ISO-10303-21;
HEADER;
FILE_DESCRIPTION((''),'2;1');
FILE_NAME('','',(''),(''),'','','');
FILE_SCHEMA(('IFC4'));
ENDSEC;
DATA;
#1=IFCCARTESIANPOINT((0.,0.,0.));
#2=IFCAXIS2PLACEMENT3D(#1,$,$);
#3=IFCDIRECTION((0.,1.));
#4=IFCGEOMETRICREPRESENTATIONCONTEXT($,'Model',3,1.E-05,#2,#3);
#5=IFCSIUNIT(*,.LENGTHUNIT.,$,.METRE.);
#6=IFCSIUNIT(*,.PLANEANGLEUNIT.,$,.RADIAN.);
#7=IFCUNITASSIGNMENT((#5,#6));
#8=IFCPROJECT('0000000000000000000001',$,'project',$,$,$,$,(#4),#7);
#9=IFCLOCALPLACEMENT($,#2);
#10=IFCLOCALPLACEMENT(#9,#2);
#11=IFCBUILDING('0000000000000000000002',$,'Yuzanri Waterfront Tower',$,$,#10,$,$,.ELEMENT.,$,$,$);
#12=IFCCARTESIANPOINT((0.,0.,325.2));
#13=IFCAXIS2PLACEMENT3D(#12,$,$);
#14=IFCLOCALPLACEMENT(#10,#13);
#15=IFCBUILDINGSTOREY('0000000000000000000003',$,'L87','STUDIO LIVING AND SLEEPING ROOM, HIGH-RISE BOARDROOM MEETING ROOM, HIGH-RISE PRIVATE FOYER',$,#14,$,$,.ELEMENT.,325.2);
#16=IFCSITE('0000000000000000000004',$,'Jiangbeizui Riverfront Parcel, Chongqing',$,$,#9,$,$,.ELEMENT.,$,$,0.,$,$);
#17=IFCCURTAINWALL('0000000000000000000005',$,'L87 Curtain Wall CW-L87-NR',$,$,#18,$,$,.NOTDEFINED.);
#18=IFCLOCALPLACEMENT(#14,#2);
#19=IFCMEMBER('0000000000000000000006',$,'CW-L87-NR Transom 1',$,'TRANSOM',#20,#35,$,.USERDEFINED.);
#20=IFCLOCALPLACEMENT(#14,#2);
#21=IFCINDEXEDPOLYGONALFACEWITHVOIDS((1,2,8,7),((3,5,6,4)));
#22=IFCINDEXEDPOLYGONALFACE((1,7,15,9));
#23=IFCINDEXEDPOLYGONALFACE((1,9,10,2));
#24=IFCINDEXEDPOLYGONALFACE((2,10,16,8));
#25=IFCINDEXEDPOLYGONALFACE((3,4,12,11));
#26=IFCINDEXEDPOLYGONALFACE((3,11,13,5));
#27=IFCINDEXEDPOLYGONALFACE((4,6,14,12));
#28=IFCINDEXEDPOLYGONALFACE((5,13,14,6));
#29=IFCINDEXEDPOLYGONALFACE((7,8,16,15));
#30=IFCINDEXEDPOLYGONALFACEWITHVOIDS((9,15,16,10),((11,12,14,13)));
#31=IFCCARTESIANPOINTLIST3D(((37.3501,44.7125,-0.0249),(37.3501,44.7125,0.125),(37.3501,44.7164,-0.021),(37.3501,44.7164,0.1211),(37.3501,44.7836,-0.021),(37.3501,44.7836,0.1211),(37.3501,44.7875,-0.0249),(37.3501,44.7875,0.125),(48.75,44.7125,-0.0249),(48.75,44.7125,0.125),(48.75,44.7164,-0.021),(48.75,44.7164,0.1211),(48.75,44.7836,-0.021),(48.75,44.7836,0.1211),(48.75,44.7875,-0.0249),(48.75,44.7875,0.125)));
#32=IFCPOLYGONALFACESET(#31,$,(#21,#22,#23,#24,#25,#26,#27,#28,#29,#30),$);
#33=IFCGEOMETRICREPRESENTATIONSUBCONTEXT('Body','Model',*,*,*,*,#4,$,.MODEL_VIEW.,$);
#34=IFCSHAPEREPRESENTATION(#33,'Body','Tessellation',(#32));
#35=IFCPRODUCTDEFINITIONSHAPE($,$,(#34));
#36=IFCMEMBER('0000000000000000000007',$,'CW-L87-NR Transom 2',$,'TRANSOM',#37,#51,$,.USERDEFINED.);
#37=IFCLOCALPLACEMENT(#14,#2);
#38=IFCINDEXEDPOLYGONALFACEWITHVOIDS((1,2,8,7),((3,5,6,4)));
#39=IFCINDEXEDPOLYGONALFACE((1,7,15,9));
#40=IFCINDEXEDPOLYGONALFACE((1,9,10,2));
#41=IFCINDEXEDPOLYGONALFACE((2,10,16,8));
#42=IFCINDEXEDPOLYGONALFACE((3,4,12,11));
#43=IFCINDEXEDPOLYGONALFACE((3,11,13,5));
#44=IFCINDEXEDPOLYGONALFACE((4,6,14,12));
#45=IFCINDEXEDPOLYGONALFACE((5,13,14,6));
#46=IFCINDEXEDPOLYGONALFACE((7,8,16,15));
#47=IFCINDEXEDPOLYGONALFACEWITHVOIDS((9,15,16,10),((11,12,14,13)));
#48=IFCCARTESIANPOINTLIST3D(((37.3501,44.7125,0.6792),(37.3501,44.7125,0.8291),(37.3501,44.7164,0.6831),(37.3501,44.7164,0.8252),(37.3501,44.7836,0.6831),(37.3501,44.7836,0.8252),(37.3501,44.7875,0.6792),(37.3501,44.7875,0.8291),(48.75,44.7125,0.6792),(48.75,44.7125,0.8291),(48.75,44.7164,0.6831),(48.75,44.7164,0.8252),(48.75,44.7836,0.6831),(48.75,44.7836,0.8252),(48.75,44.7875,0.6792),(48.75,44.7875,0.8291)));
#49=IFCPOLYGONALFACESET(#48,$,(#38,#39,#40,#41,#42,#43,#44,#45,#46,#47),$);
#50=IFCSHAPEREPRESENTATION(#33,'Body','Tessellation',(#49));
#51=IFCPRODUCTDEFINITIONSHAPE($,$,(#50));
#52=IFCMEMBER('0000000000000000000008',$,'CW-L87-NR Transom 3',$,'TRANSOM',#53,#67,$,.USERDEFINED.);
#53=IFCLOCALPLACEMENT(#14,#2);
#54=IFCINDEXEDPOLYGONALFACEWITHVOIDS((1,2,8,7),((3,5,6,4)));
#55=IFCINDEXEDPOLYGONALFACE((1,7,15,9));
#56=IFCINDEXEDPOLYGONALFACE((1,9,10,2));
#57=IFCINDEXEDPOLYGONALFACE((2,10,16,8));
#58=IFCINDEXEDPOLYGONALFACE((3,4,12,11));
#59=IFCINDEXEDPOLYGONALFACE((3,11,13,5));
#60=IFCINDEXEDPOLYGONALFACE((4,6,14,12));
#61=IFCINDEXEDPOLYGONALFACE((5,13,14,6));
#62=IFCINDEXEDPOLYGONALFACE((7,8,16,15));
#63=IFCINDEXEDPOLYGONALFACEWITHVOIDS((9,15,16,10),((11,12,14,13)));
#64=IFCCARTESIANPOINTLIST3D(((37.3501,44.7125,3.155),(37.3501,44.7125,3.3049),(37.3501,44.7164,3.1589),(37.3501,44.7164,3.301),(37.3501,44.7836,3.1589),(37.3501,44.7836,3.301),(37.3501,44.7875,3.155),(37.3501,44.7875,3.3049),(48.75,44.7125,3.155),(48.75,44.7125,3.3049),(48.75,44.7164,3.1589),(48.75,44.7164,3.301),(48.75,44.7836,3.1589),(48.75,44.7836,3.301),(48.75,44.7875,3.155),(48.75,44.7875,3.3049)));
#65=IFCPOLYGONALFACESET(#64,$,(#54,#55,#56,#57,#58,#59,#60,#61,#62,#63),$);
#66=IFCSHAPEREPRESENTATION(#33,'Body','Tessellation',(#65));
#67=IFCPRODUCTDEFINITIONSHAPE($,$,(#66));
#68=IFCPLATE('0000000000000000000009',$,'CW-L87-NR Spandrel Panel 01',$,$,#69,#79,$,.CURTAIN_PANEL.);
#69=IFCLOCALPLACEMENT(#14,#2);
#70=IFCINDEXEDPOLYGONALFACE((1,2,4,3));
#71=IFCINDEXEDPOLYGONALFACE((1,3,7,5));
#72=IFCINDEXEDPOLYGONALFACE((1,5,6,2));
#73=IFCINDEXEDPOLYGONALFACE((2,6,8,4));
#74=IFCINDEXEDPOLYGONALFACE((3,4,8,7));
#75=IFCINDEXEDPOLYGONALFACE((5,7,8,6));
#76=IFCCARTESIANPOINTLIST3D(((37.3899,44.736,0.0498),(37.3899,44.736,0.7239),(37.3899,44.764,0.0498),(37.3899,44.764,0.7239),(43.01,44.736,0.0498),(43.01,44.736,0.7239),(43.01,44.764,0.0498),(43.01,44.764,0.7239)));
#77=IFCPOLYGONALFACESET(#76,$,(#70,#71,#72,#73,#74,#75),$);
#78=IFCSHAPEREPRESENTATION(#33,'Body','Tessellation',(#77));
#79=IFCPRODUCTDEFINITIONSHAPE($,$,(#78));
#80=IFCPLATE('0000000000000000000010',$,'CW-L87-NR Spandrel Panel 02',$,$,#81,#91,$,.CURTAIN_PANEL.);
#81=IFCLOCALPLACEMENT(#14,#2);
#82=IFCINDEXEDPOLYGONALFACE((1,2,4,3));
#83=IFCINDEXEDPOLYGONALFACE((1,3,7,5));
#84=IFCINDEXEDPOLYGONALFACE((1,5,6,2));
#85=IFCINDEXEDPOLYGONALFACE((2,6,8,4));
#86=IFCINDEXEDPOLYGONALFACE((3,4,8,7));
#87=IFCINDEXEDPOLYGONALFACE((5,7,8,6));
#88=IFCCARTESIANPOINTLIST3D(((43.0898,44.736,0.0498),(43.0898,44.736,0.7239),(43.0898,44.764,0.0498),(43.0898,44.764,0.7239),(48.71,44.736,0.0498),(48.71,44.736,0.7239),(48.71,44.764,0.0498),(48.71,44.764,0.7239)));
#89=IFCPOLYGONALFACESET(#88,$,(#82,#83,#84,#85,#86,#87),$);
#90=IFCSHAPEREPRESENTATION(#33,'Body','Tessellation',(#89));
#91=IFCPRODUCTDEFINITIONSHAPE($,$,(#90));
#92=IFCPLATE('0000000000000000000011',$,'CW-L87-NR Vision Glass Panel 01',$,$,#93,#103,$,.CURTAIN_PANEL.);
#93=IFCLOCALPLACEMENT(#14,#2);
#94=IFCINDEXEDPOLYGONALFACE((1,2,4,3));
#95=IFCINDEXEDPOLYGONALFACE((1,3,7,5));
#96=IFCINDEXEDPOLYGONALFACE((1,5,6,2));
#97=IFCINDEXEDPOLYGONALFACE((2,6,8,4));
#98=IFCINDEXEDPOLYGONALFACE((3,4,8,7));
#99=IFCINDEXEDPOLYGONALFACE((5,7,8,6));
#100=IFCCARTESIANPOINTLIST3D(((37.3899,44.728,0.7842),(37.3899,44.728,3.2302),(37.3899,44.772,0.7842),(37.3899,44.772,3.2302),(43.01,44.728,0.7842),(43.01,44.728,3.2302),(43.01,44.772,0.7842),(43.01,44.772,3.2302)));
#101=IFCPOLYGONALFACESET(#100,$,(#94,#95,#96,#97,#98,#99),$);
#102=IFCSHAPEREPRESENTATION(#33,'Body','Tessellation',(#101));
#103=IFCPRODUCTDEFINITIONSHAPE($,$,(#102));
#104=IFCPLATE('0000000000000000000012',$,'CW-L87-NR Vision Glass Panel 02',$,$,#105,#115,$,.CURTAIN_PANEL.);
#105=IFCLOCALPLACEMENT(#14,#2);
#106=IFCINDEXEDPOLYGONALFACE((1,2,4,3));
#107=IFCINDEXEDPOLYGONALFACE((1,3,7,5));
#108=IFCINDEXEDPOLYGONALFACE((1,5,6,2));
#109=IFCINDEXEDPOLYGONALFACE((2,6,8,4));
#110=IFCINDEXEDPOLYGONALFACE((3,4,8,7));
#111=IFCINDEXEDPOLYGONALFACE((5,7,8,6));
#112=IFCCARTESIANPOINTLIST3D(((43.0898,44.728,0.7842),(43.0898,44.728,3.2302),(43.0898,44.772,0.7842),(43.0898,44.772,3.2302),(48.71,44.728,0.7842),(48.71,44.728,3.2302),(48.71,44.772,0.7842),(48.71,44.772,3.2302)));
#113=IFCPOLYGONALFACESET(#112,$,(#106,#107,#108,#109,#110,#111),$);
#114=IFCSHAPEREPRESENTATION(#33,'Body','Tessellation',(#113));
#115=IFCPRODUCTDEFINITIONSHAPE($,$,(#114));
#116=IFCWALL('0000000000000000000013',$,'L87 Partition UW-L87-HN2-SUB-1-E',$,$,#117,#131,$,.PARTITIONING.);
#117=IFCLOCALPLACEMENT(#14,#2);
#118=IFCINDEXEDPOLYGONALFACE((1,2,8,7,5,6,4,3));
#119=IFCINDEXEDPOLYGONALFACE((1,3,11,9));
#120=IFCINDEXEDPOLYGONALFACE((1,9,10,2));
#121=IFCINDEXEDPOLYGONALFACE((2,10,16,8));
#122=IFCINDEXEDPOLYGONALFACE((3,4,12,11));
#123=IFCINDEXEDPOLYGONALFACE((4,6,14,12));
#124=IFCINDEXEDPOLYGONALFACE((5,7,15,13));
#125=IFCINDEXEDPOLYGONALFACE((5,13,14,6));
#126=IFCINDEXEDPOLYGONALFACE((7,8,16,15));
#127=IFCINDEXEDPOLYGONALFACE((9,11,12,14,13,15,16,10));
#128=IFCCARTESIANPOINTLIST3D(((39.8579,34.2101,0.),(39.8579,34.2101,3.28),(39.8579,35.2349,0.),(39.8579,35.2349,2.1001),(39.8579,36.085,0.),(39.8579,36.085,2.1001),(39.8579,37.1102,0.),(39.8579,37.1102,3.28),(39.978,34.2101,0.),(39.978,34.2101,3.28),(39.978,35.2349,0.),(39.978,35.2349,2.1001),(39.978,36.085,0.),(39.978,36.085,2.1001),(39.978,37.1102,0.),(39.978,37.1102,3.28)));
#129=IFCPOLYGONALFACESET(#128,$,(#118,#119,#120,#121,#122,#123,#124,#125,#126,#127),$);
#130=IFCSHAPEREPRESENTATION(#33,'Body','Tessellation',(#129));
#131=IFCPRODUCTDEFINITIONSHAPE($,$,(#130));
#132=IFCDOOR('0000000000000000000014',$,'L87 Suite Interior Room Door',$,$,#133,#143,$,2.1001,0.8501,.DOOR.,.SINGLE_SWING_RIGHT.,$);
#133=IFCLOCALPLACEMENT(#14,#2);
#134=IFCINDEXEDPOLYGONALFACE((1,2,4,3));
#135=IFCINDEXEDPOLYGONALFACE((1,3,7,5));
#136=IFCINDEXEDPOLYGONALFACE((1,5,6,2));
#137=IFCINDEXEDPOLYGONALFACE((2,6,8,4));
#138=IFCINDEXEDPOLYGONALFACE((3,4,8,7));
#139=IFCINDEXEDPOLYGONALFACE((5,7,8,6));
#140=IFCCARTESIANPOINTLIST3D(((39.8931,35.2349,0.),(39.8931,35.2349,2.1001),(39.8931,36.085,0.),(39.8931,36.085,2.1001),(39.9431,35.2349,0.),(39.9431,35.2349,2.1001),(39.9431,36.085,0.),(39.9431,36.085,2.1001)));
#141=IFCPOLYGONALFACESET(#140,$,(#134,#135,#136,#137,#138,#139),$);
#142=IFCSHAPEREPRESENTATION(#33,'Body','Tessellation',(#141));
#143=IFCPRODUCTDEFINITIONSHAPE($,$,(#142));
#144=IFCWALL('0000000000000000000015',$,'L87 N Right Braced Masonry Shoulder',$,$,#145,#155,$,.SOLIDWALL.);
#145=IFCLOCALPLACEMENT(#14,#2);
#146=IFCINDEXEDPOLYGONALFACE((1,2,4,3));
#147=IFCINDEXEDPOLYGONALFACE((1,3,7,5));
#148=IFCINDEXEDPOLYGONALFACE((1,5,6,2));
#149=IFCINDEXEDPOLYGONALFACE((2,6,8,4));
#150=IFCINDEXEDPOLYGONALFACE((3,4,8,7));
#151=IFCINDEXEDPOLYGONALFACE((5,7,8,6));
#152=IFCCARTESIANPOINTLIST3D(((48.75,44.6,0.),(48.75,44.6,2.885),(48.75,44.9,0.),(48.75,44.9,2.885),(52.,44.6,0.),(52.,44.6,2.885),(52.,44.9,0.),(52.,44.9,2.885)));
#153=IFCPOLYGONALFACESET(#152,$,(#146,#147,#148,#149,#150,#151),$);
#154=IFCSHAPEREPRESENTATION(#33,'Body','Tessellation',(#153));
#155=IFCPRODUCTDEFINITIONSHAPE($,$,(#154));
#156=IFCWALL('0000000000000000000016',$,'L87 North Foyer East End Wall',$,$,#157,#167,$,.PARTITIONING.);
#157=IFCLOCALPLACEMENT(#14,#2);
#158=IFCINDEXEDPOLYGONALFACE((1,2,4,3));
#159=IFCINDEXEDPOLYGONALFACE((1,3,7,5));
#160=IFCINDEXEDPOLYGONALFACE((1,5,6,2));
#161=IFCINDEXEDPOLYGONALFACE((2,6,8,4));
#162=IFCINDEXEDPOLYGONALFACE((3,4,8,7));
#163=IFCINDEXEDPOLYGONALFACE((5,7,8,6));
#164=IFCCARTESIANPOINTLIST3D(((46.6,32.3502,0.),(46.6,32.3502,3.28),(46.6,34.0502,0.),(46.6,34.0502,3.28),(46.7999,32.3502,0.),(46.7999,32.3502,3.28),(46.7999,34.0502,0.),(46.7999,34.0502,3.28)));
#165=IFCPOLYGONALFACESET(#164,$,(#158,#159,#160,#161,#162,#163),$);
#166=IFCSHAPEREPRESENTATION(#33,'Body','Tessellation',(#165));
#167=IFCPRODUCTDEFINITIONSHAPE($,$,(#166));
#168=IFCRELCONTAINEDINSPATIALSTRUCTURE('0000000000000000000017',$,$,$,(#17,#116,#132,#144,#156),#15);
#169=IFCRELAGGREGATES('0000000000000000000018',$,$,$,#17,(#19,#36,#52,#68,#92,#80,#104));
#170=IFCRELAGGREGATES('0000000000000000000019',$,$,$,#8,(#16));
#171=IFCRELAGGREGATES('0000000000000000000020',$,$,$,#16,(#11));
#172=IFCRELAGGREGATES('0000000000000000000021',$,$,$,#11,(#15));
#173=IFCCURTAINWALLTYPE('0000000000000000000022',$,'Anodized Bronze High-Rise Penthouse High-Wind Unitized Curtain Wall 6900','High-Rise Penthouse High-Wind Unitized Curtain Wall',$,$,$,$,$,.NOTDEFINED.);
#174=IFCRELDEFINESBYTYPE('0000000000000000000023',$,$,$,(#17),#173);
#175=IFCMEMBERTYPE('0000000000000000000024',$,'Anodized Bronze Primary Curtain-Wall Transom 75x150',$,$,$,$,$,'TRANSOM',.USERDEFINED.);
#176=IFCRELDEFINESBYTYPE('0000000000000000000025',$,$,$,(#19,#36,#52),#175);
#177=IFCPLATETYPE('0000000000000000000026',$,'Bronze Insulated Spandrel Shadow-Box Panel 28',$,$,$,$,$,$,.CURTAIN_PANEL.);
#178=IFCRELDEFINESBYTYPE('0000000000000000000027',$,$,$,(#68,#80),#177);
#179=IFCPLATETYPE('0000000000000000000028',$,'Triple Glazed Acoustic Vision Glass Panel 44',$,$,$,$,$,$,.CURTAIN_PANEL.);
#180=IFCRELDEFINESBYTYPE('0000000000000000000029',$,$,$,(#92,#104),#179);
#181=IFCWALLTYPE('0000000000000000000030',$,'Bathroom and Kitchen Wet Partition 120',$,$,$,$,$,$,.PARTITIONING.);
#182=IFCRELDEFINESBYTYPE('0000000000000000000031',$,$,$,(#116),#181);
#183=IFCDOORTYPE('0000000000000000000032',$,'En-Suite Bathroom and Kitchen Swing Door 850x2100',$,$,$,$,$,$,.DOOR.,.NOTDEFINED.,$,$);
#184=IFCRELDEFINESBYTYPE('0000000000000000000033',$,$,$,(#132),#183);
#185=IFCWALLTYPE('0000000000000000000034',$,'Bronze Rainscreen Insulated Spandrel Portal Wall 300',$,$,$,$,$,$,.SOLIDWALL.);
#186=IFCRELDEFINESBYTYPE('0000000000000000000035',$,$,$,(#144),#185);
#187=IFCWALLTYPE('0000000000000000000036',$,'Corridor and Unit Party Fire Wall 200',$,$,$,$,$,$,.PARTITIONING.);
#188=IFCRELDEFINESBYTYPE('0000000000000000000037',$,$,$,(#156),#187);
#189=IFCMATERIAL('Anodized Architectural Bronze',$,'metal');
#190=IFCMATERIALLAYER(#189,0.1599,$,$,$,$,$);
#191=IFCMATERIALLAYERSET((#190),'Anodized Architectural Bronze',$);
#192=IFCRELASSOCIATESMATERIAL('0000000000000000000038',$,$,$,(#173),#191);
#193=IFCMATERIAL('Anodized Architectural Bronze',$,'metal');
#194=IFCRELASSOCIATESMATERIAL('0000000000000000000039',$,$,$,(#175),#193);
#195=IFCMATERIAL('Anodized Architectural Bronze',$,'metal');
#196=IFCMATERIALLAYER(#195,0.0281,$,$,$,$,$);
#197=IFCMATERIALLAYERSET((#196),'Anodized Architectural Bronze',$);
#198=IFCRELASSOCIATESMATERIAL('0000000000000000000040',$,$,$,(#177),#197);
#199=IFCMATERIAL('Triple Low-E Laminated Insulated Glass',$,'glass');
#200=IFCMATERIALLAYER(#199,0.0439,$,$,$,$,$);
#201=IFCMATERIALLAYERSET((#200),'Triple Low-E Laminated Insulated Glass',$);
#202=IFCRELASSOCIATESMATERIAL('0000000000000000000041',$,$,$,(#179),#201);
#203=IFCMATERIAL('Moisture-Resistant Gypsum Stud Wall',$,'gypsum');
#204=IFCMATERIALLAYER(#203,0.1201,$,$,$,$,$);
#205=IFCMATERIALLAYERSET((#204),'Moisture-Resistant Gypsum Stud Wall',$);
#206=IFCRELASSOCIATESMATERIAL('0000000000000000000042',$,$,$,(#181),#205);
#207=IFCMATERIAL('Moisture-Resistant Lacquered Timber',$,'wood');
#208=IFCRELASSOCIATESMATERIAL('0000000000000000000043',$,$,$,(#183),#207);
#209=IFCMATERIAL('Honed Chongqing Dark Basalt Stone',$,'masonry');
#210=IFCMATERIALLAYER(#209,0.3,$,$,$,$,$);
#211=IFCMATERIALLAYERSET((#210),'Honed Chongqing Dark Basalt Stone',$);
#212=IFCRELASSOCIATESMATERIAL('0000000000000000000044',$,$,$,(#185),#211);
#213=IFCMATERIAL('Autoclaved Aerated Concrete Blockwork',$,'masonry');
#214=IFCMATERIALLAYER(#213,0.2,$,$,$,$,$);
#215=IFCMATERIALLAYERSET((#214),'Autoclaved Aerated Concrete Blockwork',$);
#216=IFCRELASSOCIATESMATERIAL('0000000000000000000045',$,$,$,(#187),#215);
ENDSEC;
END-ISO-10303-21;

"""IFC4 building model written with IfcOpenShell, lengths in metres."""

from ifc_helpers import new_model, si_unit, direction, frame, frame_2d, origin, origin_2d, place, context, subcontext, project, spatial, rectangle, hollow_rectangle, extrude, source, transform, mapped, material, layer, layer_set, material_profile, profile_set, type_object, element, fill, aggregate, save


model = new_model("IFC4")

# Units and contexts
model_context = context("Model", 3, precision=1e-05, world=origin(), true_north=direction((0.0, 1.0)))
body_context = subcontext(model_context, "Body", "Model", "MODEL_VIEW")
ifc_project = project(units=[si_unit("LENGTHUNIT", "METRE"), si_unit("PLANEANGLEUNIT", "RADIAN")], contexts=[model_context])

# Site, building, storey
site_placement = place(None, origin())
site = spatial("IfcSite", under=ifc_project, at=site_placement, Name="Jiangbeizui Riverfront Parcel, Chongqing", CompositionType="ELEMENT", RefElevation=0.0)
building_placement = place(site_placement, origin())
building = spatial("IfcBuilding", under=site, at=building_placement, Name="Yuzanri Waterfront Tower", CompositionType="ELEMENT")
storey_placement = place(building_placement, frame((0.0, 0.0, 325.2)))
storey = spatial("IfcBuildingStorey", under=building, at=storey_placement, Name="L87", Description="STUDIO LIVING AND SLEEPING ROOM, HIGH-RISE BOARDROOM MEETING ROOM, HIGH-RISE PRIVATE FOYER", CompositionType="ELEMENT", Elevation=325.2)

# Curtain wall, members, plates
ifc_material_1 = material(Name="Anodized Architectural Bronze", Category="metal")
ifc_layer_1 = layer(ifc_material_1, 0.1599)
ifc_layer_set_1 = layer_set([ifc_layer_1], Name="Anodized Architectural Bronze")
curtain_wall_type = type_object("IfcCurtainWallType", Name="Anodized Bronze High-Rise Penthouse High-Wind Unitized Curtain Wall 6900", Description="High-Rise Penthouse High-Wind Unitized Curtain Wall", PredefinedType="NOTDEFINED", material=ifc_layer_set_1)
curtain_wall_placement = place(storey_placement, origin())
curtain_wall = element("IfcCurtainWall", 1, at=curtain_wall_placement, inside=storey, type_object=curtain_wall_type, Name="L87 Curtain Wall CW-L87-NR", PredefinedType="NOTDEFINED")
ifc_material_2 = material(Name="Anodized Architectural Bronze", Category="metal")
ifc_material_profile_1 = material_profile(ifc_material_2, hollow_rectangle(XDim=0.075, YDim=0.1499, WallThickness=0.0039, at=origin_2d()), Name="CWT 75x150")
ifc_profile_set_1 = profile_set([ifc_material_profile_1], Name="Anodized Architectural Bronze")
member_type_1 = type_object("IfcMemberType", Name="Anodized Bronze Primary Curtain-Wall Transom 75x150", ElementType="TRANSOM", PredefinedType="USERDEFINED", material=ifc_profile_set_1)
shared_shape_1 = source(origin(), body_context, "Body", "SweptSolid", [
    extrude(hollow_rectangle(XDim=0.075, YDim=0.1499, WallThickness=0.0039, at=origin_2d()), origin(), (0.0, 0.0, 1.0), 11.3999),
])
member_1_placement = place(storey_placement, frame((37.3501, 44.75, 0.05), z_axis=(1.0, 0.0, 0.0), x_axis=(0.0, 1.0, 0.0)))
member_1 = element("IfcMember", 2, at=member_1_placement, type_object=member_type_1, Name="CW-L87-NR Transom 1", ObjectType="TRANSOM", PredefinedType="USERDEFINED", context=body_context, shape_type="MappedRepresentation", body=[
    mapped(shared_shape_1, transform((0.0, 0.0, 0.0), scale=1.0)),
])
member_2_placement = place(storey_placement, frame((37.3501, 44.75, 0.7542), z_axis=(1.0, 0.0, 0.0), x_axis=(0.0, 1.0, 0.0)))
member_2 = element("IfcMember", 3, at=member_2_placement, type_object=member_type_1, Name="CW-L87-NR Transom 2", ObjectType="TRANSOM", PredefinedType="USERDEFINED", context=body_context, shape_type="MappedRepresentation", body=[
    mapped(shared_shape_1, transform((0.0, 0.0, 0.0), scale=1.0)),
])
member_3_placement = place(storey_placement, frame((37.3501, 44.75, 3.23), z_axis=(1.0, 0.0, 0.0), x_axis=(0.0, 1.0, 0.0)))
member_3 = element("IfcMember", 4, at=member_3_placement, type_object=member_type_1, Name="CW-L87-NR Transom 3", ObjectType="TRANSOM", PredefinedType="USERDEFINED", context=body_context, shape_type="MappedRepresentation", body=[
    mapped(shared_shape_1, transform((0.0, 0.0, 0.0), scale=1.0)),
])
ifc_material_3 = material(Name="Anodized Architectural Bronze", Category="metal")
ifc_layer_2 = layer(ifc_material_3, 0.0281)
ifc_layer_set_2 = layer_set([ifc_layer_2], Name="Anodized Architectural Bronze")
plate_type_1 = type_object("IfcPlateType", Name="Bronze Insulated Spandrel Shadow-Box Panel 28", PredefinedType="CURTAIN_PANEL", material=ifc_layer_set_2)
shared_shape_2 = source(origin(), body_context, "Body", "SweptSolid", [
    extrude(rectangle(XDim=5.6201, YDim=0.0281, at=origin_2d()), origin(), (0.0, 0.0, 1.0), 0.6741),
])
plate_1_placement = place(storey_placement, frame((40.2, 44.75, 0.0498), z_axis=(0.0, 0.0, 1.0), x_axis=(1.0, 0.0, 0.0)))
plate_1 = element("IfcPlate", 5, at=plate_1_placement, type_object=plate_type_1, Name="CW-L87-NR Spandrel Panel 01", PredefinedType="CURTAIN_PANEL", context=body_context, shape_type="MappedRepresentation", body=[
    mapped(shared_shape_2, transform((0.0, 0.0, 0.0), scale=1.0)),
])
plate_2_placement = place(storey_placement, frame((45.8999, 44.75, 0.0498), z_axis=(0.0, 0.0, 1.0), x_axis=(1.0, 0.0, 0.0)))
plate_2 = element("IfcPlate", 6, at=plate_2_placement, type_object=plate_type_1, Name="CW-L87-NR Spandrel Panel 02", PredefinedType="CURTAIN_PANEL", context=body_context, shape_type="MappedRepresentation", body=[
    mapped(shared_shape_2, transform((0.0, 0.0, 0.0), scale=1.0)),
])
ifc_material_4 = material(Name="Triple Low-E Laminated Insulated Glass", Category="glass")
ifc_layer_3 = layer(ifc_material_4, 0.0439)
ifc_layer_set_3 = layer_set([ifc_layer_3], Name="Triple Low-E Laminated Insulated Glass")
plate_type_2 = type_object("IfcPlateType", Name="Triple Glazed Acoustic Vision Glass Panel 44", PredefinedType="CURTAIN_PANEL", material=ifc_layer_set_3)
shared_shape_3 = source(origin(), body_context, "Body", "SweptSolid", [
    extrude(rectangle(XDim=5.6201, YDim=0.0439, at=origin_2d()), origin(), (0.0, 0.0, 1.0), 2.446),
])
plate_3_placement = place(storey_placement, frame((40.2, 44.75, 0.7842), z_axis=(0.0, 0.0, 1.0), x_axis=(1.0, 0.0, 0.0)))
plate_3 = element("IfcPlate", 7, at=plate_3_placement, type_object=plate_type_2, Name="CW-L87-NR Vision Glass Panel 01", PredefinedType="CURTAIN_PANEL", context=body_context, shape_type="MappedRepresentation", body=[
    mapped(shared_shape_3, transform((0.0, 0.0, 0.0), scale=1.0)),
])
plate_4_placement = place(storey_placement, frame((45.8999, 44.75, 0.7842), z_axis=(0.0, 0.0, 1.0), x_axis=(1.0, 0.0, 0.0)))
plate_4 = element("IfcPlate", 8, at=plate_4_placement, type_object=plate_type_2, Name="CW-L87-NR Vision Glass Panel 02", PredefinedType="CURTAIN_PANEL", context=body_context, shape_type="MappedRepresentation", body=[
    mapped(shared_shape_3, transform((0.0, 0.0, 0.0), scale=1.0)),
])
aggregate(curtain_wall, [member_1, member_2, member_3, plate_1, plate_3, plate_2, plate_4])

# Wall, opening, door
ifc_material_5 = material(Name="Moisture-Resistant Gypsum Stud Wall", Category="gypsum")
ifc_layer_4 = layer(ifc_material_5, 0.1201)
ifc_layer_set_4 = layer_set([ifc_layer_4], Name="Moisture-Resistant Gypsum Stud Wall")
wall_type_1 = type_object("IfcWallType", Name="Bathroom and Kitchen Wet Partition 120", PredefinedType="PARTITIONING", material=ifc_layer_set_4)
wall_1_placement = place(storey_placement, frame((39.918, 34.21, 0.0), z_axis=(0.0, 0.0, 1.0), x_axis=(0.0, 1.0, 0.0)))
wall_1 = element("IfcWall", 9, at=wall_1_placement, inside=storey, type_object=wall_type_1, Name="L87 Partition UW-L87-HN2-SUB-1-E", PredefinedType="PARTITIONING", context=body_context, shape_type="SweptSolid", body=[
    extrude(rectangle(XDim=2.9001, YDim=0.1201, at=frame_2d((1.4502, 0.0))), origin(), (0.0, 0.0, 1.0), 3.28),
])
opening_placement = place(wall_1_placement, frame((1.0249, 0.0, 0.0)))
opening = element("IfcOpeningElement", 10, at=opening_placement, cuts=wall_1, PredefinedType="OPENING", context=body_context, shape_type="SweptSolid", body=[
    extrude(rectangle(XDim=0.8501, YDim=2.1001, at=frame_2d((0.425, 1.05))), frame((0.0, 0.075, 0.0), z_axis=(0.0, -1.0, 0.0), x_axis=(1.0, 0.0, 0.0)), (0.0, 0.0, 1.0), 0.1499),
])
ifc_material_6 = material(Name="Moisture-Resistant Lacquered Timber", Category="wood")
door_type = type_object("IfcDoorType", Name="En-Suite Bathroom and Kitchen Swing Door 850x2100", OperationType="NOTDEFINED", PredefinedType="DOOR", material=ifc_material_6)
shared_shape_4 = source(origin(), body_context, "Body", "SweptSolid", [
    extrude(rectangle(XDim=0.8501, YDim=2.1001, at=frame_2d((0.425, 1.05))), frame((0.0, 0.0249, 0.0), z_axis=(0.0, -1.0, 0.0), x_axis=(1.0, 0.0, 0.0)), (0.0, 0.0, 1.0), 0.05),
])
door_placement = place(opening_placement, origin())
door = element("IfcDoor", 11, at=door_placement, inside=storey, type_object=door_type, Name="L87 Suite Interior Room Door", OperationType="SINGLE_SWING_RIGHT", OverallHeight=2.1001, OverallWidth=0.8501, PredefinedType="DOOR", context=body_context, shape_type="MappedRepresentation", body=[
    mapped(shared_shape_4, transform((0.0, 0.0, 0.0), scale=1.0)),
])
fill(opening, door)

# Walls
ifc_material_7 = material(Name="Honed Chongqing Dark Basalt Stone", Category="masonry")
ifc_layer_5 = layer(ifc_material_7, 0.3)
ifc_layer_set_5 = layer_set([ifc_layer_5], Name="Honed Chongqing Dark Basalt Stone")
wall_type_2 = type_object("IfcWallType", Name="Bronze Rainscreen Insulated Spandrel Portal Wall 300", PredefinedType="SOLIDWALL", material=ifc_layer_set_5)
shared_shape_5 = source(origin(), body_context, "Body", "SweptSolid", [
    extrude(rectangle(XDim=3.25, YDim=0.3, at=frame_2d((1.625, 0.0))), origin(), (0.0, 0.0, 1.0), 2.885),
])
wall_2_placement = place(storey_placement, frame((48.75, 44.75, 0.0), z_axis=(0.0, 0.0, 1.0), x_axis=(1.0, 0.0, 0.0)))
element("IfcWall", 12, at=wall_2_placement, inside=storey, type_object=wall_type_2, Name="L87 N Right Braced Masonry Shoulder", PredefinedType="SOLIDWALL", context=body_context, shape_type="MappedRepresentation", body=[
    mapped(shared_shape_5, transform((0.0, 0.0, 0.0), scale=1.0)),
])
ifc_material_8 = material(Name="Autoclaved Aerated Concrete Blockwork", Category="masonry")
ifc_layer_6 = layer(ifc_material_8, 0.2)
ifc_layer_set_6 = layer_set([ifc_layer_6], Name="Autoclaved Aerated Concrete Blockwork")
wall_type_3 = type_object("IfcWallType", Name="Corridor and Unit Party Fire Wall 200", PredefinedType="PARTITIONING", material=ifc_layer_set_6)
shared_shape_6 = source(origin(), body_context, "Body", "SweptSolid", [
    extrude(rectangle(XDim=1.7, YDim=0.2, at=frame_2d((0.8501, 0.0))), origin(), (0.0, 0.0, 1.0), 3.28),
])
wall_3_placement = place(storey_placement, frame((46.7, 32.3501, 0.0), z_axis=(0.0, 0.0, 1.0), x_axis=(0.0, 1.0, 0.0)))
element("IfcWall", 13, at=wall_3_placement, inside=storey, type_object=wall_type_3, Name="L87 North Foyer East End Wall", PredefinedType="PARTITIONING", context=body_context, shape_type="MappedRepresentation", body=[
    mapped(shared_shape_6, transform((0.0, 0.0, 0.0), scale=1.0)),
])

save(model, "model.ifc")
